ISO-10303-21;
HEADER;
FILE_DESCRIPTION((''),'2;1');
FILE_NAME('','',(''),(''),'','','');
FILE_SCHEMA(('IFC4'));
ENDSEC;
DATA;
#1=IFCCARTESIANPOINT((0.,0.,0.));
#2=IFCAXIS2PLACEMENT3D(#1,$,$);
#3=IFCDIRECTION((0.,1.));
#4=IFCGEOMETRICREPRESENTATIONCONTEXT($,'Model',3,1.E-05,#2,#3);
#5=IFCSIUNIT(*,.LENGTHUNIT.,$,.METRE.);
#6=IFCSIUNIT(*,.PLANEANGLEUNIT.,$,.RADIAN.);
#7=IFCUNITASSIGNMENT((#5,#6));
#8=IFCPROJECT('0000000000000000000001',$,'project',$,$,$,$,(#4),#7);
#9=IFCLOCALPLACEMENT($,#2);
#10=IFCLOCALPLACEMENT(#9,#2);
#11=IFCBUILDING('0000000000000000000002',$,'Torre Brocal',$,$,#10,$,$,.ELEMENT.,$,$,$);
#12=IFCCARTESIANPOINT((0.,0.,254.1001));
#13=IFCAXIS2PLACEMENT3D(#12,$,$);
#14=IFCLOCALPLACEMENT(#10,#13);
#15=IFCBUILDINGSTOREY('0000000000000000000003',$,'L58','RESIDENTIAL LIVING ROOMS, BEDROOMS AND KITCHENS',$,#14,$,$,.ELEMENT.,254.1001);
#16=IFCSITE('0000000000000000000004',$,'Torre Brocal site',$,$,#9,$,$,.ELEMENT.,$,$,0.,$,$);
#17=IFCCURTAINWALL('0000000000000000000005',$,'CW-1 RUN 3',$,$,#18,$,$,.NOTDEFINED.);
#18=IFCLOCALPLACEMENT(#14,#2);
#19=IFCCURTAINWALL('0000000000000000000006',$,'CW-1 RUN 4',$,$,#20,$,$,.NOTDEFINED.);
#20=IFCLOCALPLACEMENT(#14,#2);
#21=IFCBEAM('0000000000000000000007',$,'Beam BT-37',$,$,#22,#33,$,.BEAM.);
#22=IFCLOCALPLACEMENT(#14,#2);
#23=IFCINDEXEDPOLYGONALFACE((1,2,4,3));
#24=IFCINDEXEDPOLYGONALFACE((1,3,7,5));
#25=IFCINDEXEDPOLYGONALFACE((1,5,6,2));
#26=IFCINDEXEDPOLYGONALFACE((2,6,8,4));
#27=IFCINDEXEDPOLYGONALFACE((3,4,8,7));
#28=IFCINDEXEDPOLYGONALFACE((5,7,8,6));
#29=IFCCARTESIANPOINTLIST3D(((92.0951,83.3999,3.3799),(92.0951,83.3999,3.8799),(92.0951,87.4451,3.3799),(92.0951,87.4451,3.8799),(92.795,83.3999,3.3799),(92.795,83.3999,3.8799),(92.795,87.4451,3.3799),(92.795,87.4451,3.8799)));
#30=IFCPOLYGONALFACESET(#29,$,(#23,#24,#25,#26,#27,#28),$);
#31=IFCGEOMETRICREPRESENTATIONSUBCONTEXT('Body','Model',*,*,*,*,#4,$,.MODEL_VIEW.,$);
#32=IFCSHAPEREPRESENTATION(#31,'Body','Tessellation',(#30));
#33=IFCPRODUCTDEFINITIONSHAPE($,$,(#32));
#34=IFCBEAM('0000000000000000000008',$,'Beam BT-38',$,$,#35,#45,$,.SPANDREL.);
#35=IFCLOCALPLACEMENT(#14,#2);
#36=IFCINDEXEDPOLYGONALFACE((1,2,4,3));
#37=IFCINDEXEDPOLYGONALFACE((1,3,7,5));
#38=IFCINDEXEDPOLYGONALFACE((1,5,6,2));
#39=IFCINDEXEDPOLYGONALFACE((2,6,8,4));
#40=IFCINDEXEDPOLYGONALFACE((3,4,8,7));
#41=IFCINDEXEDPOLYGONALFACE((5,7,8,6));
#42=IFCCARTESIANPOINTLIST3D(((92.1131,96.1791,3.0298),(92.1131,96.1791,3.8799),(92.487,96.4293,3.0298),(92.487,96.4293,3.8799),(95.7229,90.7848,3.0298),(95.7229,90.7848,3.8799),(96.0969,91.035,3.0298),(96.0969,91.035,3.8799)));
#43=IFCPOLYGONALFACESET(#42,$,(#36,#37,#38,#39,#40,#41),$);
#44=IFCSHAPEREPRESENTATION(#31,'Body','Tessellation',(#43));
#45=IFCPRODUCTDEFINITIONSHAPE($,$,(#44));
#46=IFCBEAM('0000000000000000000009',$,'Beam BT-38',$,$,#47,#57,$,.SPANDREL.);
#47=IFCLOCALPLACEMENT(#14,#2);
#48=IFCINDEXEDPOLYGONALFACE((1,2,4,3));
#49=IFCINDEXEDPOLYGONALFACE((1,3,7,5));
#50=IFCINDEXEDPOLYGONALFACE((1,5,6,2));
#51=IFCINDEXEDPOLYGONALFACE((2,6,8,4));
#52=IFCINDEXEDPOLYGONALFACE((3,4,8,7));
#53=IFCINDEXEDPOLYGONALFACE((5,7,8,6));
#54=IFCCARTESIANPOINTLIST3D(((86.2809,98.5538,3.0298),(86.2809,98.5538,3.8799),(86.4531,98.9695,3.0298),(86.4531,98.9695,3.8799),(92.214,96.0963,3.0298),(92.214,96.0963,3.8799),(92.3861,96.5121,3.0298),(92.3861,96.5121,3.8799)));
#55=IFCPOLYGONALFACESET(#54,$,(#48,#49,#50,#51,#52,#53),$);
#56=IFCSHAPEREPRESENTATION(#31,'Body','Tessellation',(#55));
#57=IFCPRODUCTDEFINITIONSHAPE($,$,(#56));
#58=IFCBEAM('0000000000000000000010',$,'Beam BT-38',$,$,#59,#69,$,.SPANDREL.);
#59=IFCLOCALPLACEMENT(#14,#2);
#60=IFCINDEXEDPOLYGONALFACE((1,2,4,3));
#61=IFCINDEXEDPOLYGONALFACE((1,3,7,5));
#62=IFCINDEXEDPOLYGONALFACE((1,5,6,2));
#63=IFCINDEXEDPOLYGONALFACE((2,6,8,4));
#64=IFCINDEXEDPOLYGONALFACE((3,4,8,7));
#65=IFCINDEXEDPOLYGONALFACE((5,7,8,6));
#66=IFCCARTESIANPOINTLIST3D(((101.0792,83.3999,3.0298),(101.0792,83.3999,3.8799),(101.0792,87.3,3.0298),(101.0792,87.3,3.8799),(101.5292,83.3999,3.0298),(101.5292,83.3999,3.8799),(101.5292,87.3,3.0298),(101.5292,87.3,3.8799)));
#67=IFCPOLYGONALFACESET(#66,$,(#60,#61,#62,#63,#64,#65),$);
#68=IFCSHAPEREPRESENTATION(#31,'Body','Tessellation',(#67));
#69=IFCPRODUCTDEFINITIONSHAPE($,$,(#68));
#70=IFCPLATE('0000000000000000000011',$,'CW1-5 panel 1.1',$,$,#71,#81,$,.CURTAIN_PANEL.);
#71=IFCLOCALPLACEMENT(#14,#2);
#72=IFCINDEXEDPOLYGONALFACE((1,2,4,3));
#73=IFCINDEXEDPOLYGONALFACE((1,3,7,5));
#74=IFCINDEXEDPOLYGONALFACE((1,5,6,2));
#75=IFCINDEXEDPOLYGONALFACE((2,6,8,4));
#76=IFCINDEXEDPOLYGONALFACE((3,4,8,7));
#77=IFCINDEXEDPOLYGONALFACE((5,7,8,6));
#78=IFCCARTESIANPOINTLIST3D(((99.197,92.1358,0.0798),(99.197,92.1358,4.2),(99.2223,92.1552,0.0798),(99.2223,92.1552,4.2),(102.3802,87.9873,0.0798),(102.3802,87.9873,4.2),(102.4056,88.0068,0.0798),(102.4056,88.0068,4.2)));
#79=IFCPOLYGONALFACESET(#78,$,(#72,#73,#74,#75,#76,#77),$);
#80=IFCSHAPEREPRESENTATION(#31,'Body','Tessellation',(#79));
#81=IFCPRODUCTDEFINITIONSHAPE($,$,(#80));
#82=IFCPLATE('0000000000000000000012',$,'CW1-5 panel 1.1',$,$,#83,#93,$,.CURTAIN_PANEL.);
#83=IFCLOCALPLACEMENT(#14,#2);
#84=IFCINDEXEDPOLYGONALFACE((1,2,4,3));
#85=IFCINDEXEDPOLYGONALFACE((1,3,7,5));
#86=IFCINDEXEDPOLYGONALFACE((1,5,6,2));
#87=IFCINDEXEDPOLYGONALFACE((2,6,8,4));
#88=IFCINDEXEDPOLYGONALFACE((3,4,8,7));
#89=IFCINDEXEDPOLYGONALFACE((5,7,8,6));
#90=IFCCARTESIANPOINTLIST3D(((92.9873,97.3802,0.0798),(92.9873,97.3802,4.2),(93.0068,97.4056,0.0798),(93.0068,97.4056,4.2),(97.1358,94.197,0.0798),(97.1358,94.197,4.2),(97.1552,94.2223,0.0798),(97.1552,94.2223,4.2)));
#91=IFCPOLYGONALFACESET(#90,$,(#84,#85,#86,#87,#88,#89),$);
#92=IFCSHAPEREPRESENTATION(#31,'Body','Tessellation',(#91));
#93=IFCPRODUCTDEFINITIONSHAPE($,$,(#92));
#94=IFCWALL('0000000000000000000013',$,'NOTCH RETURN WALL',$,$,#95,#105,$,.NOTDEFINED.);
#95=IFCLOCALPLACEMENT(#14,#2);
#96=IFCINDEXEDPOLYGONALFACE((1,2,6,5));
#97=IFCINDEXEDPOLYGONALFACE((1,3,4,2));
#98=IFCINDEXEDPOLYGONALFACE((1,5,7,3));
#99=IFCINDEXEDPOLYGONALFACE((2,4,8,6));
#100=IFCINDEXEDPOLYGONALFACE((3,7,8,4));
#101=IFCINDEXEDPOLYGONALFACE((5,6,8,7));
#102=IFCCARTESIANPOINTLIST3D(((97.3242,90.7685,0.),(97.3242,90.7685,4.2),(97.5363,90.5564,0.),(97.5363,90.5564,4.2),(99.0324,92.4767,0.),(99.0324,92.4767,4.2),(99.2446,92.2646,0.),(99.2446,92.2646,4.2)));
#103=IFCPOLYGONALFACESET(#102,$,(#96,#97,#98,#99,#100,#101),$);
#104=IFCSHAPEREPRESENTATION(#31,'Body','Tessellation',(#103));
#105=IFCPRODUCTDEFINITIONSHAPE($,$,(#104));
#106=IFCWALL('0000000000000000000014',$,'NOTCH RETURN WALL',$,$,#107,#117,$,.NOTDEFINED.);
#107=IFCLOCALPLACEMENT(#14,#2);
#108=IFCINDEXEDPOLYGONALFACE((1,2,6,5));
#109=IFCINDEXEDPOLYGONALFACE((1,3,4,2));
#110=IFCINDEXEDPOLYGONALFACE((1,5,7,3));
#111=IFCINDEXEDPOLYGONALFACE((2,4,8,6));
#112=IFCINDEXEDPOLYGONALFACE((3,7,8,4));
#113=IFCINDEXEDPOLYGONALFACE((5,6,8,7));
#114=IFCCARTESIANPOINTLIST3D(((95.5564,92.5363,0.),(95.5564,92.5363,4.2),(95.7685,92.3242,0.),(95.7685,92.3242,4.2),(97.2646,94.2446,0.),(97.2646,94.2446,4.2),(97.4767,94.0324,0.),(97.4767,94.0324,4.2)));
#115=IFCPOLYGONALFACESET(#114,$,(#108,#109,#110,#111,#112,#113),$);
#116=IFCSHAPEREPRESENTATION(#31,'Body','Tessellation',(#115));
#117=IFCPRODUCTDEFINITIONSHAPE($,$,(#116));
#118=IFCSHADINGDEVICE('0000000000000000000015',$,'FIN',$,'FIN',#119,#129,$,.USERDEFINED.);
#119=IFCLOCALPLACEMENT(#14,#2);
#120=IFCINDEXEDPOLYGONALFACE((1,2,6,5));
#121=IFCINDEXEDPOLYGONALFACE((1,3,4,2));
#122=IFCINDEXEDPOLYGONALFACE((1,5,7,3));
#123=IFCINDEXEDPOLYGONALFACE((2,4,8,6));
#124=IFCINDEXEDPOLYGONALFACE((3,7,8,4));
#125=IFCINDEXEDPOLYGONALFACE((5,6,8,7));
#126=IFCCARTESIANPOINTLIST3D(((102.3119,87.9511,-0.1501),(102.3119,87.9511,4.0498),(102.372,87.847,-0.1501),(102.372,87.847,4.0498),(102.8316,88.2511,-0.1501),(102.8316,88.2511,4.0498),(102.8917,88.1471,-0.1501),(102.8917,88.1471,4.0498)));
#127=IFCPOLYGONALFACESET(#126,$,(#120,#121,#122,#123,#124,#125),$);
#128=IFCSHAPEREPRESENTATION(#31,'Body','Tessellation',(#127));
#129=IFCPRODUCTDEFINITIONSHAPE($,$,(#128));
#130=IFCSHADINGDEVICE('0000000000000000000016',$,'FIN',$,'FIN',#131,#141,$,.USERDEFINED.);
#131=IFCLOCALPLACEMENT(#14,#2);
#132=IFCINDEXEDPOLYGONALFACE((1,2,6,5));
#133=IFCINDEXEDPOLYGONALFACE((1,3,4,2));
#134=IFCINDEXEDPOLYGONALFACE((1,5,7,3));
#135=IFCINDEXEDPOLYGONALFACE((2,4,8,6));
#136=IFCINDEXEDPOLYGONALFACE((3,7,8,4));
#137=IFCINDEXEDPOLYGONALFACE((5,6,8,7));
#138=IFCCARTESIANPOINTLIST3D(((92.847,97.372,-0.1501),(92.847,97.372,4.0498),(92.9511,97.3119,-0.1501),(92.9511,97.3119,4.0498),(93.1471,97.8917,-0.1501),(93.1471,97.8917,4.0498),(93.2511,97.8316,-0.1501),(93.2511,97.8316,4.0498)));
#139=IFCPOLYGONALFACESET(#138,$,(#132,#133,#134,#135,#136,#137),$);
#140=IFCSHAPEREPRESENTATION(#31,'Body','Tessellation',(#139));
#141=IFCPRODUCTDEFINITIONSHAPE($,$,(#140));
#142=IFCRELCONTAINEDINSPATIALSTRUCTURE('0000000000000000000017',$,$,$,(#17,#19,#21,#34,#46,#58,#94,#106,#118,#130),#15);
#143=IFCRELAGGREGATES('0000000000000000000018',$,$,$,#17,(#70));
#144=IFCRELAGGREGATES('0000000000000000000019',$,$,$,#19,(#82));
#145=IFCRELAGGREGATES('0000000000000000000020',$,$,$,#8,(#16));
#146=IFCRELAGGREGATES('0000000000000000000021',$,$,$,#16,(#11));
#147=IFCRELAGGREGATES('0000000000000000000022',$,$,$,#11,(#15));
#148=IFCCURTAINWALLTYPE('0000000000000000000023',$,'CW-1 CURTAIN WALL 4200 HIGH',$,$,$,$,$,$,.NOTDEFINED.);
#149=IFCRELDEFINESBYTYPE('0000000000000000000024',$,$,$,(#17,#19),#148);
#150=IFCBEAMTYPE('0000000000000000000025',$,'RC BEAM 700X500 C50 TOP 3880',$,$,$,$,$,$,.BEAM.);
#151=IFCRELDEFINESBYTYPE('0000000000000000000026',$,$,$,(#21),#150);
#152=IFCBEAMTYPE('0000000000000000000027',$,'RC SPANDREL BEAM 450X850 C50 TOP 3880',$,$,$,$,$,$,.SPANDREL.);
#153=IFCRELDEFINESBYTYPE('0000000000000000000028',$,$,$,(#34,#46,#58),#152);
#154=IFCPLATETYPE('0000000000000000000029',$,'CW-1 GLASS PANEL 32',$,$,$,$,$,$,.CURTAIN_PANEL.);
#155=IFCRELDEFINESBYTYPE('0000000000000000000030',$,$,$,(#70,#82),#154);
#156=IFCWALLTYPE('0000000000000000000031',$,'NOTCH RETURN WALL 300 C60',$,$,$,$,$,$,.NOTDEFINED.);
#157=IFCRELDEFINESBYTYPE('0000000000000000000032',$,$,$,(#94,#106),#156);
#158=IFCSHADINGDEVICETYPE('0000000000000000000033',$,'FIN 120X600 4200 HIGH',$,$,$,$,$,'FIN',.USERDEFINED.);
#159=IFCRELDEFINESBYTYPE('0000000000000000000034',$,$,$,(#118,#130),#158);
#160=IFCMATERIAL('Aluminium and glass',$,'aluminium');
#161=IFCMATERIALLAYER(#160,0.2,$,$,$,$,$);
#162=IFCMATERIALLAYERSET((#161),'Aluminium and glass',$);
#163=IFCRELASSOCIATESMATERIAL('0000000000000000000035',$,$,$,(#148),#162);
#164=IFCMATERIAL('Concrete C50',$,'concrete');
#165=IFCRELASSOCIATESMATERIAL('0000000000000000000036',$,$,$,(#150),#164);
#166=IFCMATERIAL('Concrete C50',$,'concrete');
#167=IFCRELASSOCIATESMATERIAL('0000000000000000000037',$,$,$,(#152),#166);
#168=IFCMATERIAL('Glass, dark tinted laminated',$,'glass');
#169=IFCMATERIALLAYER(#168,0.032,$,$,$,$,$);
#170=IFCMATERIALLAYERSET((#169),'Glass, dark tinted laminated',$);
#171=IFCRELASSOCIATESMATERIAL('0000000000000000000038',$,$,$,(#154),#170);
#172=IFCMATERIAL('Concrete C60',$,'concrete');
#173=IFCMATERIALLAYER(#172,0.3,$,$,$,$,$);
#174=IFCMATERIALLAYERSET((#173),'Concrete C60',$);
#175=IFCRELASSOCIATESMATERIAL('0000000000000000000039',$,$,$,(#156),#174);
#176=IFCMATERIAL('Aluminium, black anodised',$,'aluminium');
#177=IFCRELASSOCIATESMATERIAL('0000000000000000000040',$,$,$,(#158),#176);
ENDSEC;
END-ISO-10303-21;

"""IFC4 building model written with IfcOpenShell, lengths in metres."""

from ifc_helpers import new_model, si_unit, direction, frame, frame_2d, origin, origin_2d, place, context, subcontext, project, spatial, rectangle, extrude, material, layer, layer_set, material_profile, profile_set, type_object, element, aggregate, save


model = new_model("IFC4")

# Units and contexts
model_context = context("Model", 3, precision=1e-05, world=origin(), true_north=direction((0.0, 1.0)))
body_context = subcontext(model_context, "Body", "Model", "MODEL_VIEW")
ifc_project = project(units=[si_unit("LENGTHUNIT", "METRE"), si_unit("PLANEANGLEUNIT", "RADIAN")], contexts=[model_context])

# Site, building, storey
site_placement = place(None, origin())
site = spatial("IfcSite", under=ifc_project, at=site_placement, Name="Torre Brocal site", CompositionType="ELEMENT", RefElevation=0.0)
building_placement = place(site_placement, origin())
building = spatial("IfcBuilding", under=site, at=building_placement, Name="Torre Brocal", CompositionType="ELEMENT")
storey_placement = place(building_placement, frame((0.0, 0.0, 254.1001)))
storey = spatial("IfcBuildingStorey", under=building, at=storey_placement, Name="L58", Description="RESIDENTIAL LIVING ROOMS, BEDROOMS AND KITCHENS", CompositionType="ELEMENT", Elevation=254.1001)

# Shared definitions
ifc_material_1 = material(Name="Aluminium and glass", Category="aluminium")
ifc_layer_1 = layer(ifc_material_1, 0.2)
ifc_layer_set_1 = layer_set([ifc_layer_1], Name="Aluminium and glass")
curtain_wall_type = type_object("IfcCurtainWallType", Name="CW-1 CURTAIN WALL 4200 HIGH", PredefinedType="NOTDEFINED", material=ifc_layer_set_1)

# Curtain walls
curtain_wall_1_placement = place(storey_placement, origin())
curtain_wall_1 = element("IfcCurtainWall", 1, at=curtain_wall_1_placement, inside=storey, type_object=curtain_wall_type, Name="CW-1 RUN 3", PredefinedType="NOTDEFINED")
curtain_wall_2_placement = place(storey_placement, origin())
curtain_wall_2 = element("IfcCurtainWall", 2, at=curtain_wall_2_placement, inside=storey, type_object=curtain_wall_type, Name="CW-1 RUN 4", PredefinedType="NOTDEFINED")

# Beams
ifc_material_2 = material(Name="Concrete C50", Category="concrete")
ifc_material_profile_1 = material_profile(ifc_material_2, rectangle(XDim=0.7, YDim=0.5, at=origin_2d()), Name="RC 700X500")
ifc_profile_set_1 = profile_set([ifc_material_profile_1], Name="Concrete C50")
beam_type_1 = type_object("IfcBeamType", Name="RC BEAM 700X500 C50 TOP 3880", PredefinedType="BEAM", material=ifc_profile_set_1)
beam_1_placement = place(storey_placement, frame((92.4451, 87.4451, 3.6299), z_axis=(0.0, -1.0, 0.0), x_axis=(1.0, 0.0, 0.0)))
element("IfcBeam", 3, at=beam_1_placement, inside=storey, type_object=beam_type_1, Name="Beam BT-37", PredefinedType="BEAM", context=body_context, shape_type="SweptSolid", body=[
    extrude(rectangle(XDim=0.7, YDim=0.5, at=origin_2d()), origin(), (0.0, 0.0, 1.0), 4.0452),
])
ifc_material_3 = material(Name="Concrete C50", Category="concrete")
ifc_material_profile_2 = material_profile(ifc_material_3, rectangle(XDim=0.45, YDim=0.8501, at=origin_2d()), Name="RC 450X850")
ifc_profile_set_2 = profile_set([ifc_material_profile_2], Name="Concrete C50")
beam_type_2 = type_object("IfcBeamType", Name="RC SPANDREL BEAM 450X850 C50 TOP 3880", PredefinedType="SPANDREL", material=ifc_profile_set_2)
beam_2_placement = place(storey_placement, frame((95.9099, 90.9099, 3.4548), z_axis=(-0.556158, 0.831077, 0.0), x_axis=(-0.831077, -0.556158, 0.0)))
element("IfcBeam", 4, at=beam_2_placement, inside=storey, type_object=beam_type_2, Name="Beam BT-38", PredefinedType="SPANDREL", context=body_context, shape_type="SweptSolid", body=[
    extrude(rectangle(XDim=0.45, YDim=0.8501, at=origin_2d()), origin(), (0.0, 0.0, 1.0), 6.4907),
])
beam_3_placement = place(storey_placement, frame((92.3, 96.3042, 3.4548), z_axis=(-0.923882, 0.382676, 0.0), x_axis=(-0.382676, -0.923882, 0.0)))
element("IfcBeam", 5, at=beam_3_placement, inside=storey, type_object=beam_type_2, Name="Beam BT-38", PredefinedType="SPANDREL", context=body_context, shape_type="SweptSolid", body=[
    extrude(rectangle(XDim=0.45, YDim=0.8501, at=origin_2d()), origin(), (0.0, 0.0, 1.0), 6.4219),
])
beam_4_placement = place(storey_placement, frame((101.3042, 87.3, 3.4548), z_axis=(0.0, -1.0, 0.0), x_axis=(1.0, 0.0, 0.0)))
element("IfcBeam", 6, at=beam_4_placement, inside=storey, type_object=beam_type_2, Name="Beam BT-38", PredefinedType="SPANDREL", context=body_context, shape_type="SweptSolid", body=[
    extrude(rectangle(XDim=0.45, YDim=0.8501, at=origin_2d()), origin(), (0.0, 0.0, 1.0), 3.9001),
])

# Plates
ifc_material_4 = material(Name="Glass, dark tinted laminated", Category="glass")
ifc_layer_2 = layer(ifc_material_4, 0.032)
ifc_layer_set_2 = layer_set([ifc_layer_2], Name="Glass, dark tinted laminated")
plate_type = type_object("IfcPlateType", Name="CW-1 GLASS PANEL 32", PredefinedType="CURTAIN_PANEL", material=ifc_layer_set_2)
plate_1_placement = place(storey_placement, frame((100.8013, 90.0713, 0.0798), z_axis=(0.0, 0.0, 1.0), x_axis=(-0.608761, 0.793353, 0.0)))
plate_1 = element("IfcPlate", 7, at=plate_1_placement, type_object=plate_type, Name="CW1-5 panel 1.1", PredefinedType="CURTAIN_PANEL", context=body_context, shape_type="SweptSolid", body=[
    extrude(rectangle(XDim=5.229, YDim=0.032, at=origin_2d()), origin(), (0.0, 0.0, 1.0), 4.1201),
])
aggregate(curtain_wall_1, [plate_1])
plate_2_placement = place(storey_placement, frame((95.0713, 95.8013, 0.0798), z_axis=(0.0, 0.0, 1.0), x_axis=(-0.793353, 0.608761, 0.0)))
plate_2 = element("IfcPlate", 8, at=plate_2_placement, type_object=plate_type, Name="CW1-5 panel 1.1", PredefinedType="CURTAIN_PANEL", context=body_context, shape_type="SweptSolid", body=[
    extrude(rectangle(XDim=5.229, YDim=0.032, at=origin_2d()), origin(), (0.0, 0.0, 1.0), 4.1201),
])
aggregate(curtain_wall_2, [plate_2])

# Walls
ifc_material_5 = material(Name="Concrete C60", Category="concrete")
ifc_layer_3 = layer(ifc_material_5, 0.3)
ifc_layer_set_3 = layer_set([ifc_layer_3], Name="Concrete C60")
wall_type = type_object("IfcWallType", Name="NOTCH RETURN WALL 300 C60", PredefinedType="NOTDEFINED", material=ifc_layer_set_3)
for number, where, z_axis, x_axis, name in (
    (9, (97.4302, 90.6624, 0.0), (0.0, 0.0, 1.0), (0.707107, 0.707107, 0.0), "NOTCH RETURN WALL"),
    (10, (95.6624, 92.4302, 0.0), (0.0, 0.0, 1.0), (0.707107, 0.707107, 0.0), "NOTCH RETURN WALL"),
):
    element("IfcWall", number, at=place(storey_placement, frame(where, z_axis=z_axis, x_axis=x_axis)), inside=storey, type_object=wall_type, Name=name, PredefinedType="NOTDEFINED", context=body_context, shape_type="SweptSolid", body=[
        extrude(rectangle(XDim=2.4158, YDim=0.3, at=frame_2d((1.208, 0.0))), origin(), (0.0, 0.0, 1.0), 4.2),
    ])

# Shading devices
ifc_material_6 = material(Name="Aluminium, black anodised", Category="aluminium")
ifc_material_profile_3 = material_profile(ifc_material_6, rectangle(XDim=0.1201, YDim=0.6001, at=origin_2d()), Name="FIN 120X600 4200 HIGH")
ifc_profile_set_3 = profile_set([ifc_material_profile_3], Name="Aluminium, black anodised")
shading_device_type = type_object("IfcShadingDeviceType", Name="FIN 120X600 4200 HIGH", ElementType="FIN", PredefinedType="USERDEFINED", material=ifc_profile_set_3)
for number, where, z_axis, x_axis, name in (
    (11, (102.6018, 88.0491, -0.1501), (0.0, 0.0, 1.0), (-0.5, 0.866025, 0.0), "FIN"),
    (12, (93.0491, 97.6018, -0.1501), (0.0, 0.0, 1.0), (-0.866025, 0.5, 0.0), "FIN"),
):
    element("IfcShadingDevice", number, at=place(storey_placement, frame(where, z_axis=z_axis, x_axis=x_axis)), inside=storey, type_object=shading_device_type, Name=name, ObjectType="FIN", PredefinedType="USERDEFINED", context=body_context, shape_type="SweptSolid", body=[
        extrude(rectangle(XDim=0.1201, YDim=0.6001, at=origin_2d()), origin(), (0.0, 0.0, 1.0), 4.2),
    ])

save(model, "model.ifc")
